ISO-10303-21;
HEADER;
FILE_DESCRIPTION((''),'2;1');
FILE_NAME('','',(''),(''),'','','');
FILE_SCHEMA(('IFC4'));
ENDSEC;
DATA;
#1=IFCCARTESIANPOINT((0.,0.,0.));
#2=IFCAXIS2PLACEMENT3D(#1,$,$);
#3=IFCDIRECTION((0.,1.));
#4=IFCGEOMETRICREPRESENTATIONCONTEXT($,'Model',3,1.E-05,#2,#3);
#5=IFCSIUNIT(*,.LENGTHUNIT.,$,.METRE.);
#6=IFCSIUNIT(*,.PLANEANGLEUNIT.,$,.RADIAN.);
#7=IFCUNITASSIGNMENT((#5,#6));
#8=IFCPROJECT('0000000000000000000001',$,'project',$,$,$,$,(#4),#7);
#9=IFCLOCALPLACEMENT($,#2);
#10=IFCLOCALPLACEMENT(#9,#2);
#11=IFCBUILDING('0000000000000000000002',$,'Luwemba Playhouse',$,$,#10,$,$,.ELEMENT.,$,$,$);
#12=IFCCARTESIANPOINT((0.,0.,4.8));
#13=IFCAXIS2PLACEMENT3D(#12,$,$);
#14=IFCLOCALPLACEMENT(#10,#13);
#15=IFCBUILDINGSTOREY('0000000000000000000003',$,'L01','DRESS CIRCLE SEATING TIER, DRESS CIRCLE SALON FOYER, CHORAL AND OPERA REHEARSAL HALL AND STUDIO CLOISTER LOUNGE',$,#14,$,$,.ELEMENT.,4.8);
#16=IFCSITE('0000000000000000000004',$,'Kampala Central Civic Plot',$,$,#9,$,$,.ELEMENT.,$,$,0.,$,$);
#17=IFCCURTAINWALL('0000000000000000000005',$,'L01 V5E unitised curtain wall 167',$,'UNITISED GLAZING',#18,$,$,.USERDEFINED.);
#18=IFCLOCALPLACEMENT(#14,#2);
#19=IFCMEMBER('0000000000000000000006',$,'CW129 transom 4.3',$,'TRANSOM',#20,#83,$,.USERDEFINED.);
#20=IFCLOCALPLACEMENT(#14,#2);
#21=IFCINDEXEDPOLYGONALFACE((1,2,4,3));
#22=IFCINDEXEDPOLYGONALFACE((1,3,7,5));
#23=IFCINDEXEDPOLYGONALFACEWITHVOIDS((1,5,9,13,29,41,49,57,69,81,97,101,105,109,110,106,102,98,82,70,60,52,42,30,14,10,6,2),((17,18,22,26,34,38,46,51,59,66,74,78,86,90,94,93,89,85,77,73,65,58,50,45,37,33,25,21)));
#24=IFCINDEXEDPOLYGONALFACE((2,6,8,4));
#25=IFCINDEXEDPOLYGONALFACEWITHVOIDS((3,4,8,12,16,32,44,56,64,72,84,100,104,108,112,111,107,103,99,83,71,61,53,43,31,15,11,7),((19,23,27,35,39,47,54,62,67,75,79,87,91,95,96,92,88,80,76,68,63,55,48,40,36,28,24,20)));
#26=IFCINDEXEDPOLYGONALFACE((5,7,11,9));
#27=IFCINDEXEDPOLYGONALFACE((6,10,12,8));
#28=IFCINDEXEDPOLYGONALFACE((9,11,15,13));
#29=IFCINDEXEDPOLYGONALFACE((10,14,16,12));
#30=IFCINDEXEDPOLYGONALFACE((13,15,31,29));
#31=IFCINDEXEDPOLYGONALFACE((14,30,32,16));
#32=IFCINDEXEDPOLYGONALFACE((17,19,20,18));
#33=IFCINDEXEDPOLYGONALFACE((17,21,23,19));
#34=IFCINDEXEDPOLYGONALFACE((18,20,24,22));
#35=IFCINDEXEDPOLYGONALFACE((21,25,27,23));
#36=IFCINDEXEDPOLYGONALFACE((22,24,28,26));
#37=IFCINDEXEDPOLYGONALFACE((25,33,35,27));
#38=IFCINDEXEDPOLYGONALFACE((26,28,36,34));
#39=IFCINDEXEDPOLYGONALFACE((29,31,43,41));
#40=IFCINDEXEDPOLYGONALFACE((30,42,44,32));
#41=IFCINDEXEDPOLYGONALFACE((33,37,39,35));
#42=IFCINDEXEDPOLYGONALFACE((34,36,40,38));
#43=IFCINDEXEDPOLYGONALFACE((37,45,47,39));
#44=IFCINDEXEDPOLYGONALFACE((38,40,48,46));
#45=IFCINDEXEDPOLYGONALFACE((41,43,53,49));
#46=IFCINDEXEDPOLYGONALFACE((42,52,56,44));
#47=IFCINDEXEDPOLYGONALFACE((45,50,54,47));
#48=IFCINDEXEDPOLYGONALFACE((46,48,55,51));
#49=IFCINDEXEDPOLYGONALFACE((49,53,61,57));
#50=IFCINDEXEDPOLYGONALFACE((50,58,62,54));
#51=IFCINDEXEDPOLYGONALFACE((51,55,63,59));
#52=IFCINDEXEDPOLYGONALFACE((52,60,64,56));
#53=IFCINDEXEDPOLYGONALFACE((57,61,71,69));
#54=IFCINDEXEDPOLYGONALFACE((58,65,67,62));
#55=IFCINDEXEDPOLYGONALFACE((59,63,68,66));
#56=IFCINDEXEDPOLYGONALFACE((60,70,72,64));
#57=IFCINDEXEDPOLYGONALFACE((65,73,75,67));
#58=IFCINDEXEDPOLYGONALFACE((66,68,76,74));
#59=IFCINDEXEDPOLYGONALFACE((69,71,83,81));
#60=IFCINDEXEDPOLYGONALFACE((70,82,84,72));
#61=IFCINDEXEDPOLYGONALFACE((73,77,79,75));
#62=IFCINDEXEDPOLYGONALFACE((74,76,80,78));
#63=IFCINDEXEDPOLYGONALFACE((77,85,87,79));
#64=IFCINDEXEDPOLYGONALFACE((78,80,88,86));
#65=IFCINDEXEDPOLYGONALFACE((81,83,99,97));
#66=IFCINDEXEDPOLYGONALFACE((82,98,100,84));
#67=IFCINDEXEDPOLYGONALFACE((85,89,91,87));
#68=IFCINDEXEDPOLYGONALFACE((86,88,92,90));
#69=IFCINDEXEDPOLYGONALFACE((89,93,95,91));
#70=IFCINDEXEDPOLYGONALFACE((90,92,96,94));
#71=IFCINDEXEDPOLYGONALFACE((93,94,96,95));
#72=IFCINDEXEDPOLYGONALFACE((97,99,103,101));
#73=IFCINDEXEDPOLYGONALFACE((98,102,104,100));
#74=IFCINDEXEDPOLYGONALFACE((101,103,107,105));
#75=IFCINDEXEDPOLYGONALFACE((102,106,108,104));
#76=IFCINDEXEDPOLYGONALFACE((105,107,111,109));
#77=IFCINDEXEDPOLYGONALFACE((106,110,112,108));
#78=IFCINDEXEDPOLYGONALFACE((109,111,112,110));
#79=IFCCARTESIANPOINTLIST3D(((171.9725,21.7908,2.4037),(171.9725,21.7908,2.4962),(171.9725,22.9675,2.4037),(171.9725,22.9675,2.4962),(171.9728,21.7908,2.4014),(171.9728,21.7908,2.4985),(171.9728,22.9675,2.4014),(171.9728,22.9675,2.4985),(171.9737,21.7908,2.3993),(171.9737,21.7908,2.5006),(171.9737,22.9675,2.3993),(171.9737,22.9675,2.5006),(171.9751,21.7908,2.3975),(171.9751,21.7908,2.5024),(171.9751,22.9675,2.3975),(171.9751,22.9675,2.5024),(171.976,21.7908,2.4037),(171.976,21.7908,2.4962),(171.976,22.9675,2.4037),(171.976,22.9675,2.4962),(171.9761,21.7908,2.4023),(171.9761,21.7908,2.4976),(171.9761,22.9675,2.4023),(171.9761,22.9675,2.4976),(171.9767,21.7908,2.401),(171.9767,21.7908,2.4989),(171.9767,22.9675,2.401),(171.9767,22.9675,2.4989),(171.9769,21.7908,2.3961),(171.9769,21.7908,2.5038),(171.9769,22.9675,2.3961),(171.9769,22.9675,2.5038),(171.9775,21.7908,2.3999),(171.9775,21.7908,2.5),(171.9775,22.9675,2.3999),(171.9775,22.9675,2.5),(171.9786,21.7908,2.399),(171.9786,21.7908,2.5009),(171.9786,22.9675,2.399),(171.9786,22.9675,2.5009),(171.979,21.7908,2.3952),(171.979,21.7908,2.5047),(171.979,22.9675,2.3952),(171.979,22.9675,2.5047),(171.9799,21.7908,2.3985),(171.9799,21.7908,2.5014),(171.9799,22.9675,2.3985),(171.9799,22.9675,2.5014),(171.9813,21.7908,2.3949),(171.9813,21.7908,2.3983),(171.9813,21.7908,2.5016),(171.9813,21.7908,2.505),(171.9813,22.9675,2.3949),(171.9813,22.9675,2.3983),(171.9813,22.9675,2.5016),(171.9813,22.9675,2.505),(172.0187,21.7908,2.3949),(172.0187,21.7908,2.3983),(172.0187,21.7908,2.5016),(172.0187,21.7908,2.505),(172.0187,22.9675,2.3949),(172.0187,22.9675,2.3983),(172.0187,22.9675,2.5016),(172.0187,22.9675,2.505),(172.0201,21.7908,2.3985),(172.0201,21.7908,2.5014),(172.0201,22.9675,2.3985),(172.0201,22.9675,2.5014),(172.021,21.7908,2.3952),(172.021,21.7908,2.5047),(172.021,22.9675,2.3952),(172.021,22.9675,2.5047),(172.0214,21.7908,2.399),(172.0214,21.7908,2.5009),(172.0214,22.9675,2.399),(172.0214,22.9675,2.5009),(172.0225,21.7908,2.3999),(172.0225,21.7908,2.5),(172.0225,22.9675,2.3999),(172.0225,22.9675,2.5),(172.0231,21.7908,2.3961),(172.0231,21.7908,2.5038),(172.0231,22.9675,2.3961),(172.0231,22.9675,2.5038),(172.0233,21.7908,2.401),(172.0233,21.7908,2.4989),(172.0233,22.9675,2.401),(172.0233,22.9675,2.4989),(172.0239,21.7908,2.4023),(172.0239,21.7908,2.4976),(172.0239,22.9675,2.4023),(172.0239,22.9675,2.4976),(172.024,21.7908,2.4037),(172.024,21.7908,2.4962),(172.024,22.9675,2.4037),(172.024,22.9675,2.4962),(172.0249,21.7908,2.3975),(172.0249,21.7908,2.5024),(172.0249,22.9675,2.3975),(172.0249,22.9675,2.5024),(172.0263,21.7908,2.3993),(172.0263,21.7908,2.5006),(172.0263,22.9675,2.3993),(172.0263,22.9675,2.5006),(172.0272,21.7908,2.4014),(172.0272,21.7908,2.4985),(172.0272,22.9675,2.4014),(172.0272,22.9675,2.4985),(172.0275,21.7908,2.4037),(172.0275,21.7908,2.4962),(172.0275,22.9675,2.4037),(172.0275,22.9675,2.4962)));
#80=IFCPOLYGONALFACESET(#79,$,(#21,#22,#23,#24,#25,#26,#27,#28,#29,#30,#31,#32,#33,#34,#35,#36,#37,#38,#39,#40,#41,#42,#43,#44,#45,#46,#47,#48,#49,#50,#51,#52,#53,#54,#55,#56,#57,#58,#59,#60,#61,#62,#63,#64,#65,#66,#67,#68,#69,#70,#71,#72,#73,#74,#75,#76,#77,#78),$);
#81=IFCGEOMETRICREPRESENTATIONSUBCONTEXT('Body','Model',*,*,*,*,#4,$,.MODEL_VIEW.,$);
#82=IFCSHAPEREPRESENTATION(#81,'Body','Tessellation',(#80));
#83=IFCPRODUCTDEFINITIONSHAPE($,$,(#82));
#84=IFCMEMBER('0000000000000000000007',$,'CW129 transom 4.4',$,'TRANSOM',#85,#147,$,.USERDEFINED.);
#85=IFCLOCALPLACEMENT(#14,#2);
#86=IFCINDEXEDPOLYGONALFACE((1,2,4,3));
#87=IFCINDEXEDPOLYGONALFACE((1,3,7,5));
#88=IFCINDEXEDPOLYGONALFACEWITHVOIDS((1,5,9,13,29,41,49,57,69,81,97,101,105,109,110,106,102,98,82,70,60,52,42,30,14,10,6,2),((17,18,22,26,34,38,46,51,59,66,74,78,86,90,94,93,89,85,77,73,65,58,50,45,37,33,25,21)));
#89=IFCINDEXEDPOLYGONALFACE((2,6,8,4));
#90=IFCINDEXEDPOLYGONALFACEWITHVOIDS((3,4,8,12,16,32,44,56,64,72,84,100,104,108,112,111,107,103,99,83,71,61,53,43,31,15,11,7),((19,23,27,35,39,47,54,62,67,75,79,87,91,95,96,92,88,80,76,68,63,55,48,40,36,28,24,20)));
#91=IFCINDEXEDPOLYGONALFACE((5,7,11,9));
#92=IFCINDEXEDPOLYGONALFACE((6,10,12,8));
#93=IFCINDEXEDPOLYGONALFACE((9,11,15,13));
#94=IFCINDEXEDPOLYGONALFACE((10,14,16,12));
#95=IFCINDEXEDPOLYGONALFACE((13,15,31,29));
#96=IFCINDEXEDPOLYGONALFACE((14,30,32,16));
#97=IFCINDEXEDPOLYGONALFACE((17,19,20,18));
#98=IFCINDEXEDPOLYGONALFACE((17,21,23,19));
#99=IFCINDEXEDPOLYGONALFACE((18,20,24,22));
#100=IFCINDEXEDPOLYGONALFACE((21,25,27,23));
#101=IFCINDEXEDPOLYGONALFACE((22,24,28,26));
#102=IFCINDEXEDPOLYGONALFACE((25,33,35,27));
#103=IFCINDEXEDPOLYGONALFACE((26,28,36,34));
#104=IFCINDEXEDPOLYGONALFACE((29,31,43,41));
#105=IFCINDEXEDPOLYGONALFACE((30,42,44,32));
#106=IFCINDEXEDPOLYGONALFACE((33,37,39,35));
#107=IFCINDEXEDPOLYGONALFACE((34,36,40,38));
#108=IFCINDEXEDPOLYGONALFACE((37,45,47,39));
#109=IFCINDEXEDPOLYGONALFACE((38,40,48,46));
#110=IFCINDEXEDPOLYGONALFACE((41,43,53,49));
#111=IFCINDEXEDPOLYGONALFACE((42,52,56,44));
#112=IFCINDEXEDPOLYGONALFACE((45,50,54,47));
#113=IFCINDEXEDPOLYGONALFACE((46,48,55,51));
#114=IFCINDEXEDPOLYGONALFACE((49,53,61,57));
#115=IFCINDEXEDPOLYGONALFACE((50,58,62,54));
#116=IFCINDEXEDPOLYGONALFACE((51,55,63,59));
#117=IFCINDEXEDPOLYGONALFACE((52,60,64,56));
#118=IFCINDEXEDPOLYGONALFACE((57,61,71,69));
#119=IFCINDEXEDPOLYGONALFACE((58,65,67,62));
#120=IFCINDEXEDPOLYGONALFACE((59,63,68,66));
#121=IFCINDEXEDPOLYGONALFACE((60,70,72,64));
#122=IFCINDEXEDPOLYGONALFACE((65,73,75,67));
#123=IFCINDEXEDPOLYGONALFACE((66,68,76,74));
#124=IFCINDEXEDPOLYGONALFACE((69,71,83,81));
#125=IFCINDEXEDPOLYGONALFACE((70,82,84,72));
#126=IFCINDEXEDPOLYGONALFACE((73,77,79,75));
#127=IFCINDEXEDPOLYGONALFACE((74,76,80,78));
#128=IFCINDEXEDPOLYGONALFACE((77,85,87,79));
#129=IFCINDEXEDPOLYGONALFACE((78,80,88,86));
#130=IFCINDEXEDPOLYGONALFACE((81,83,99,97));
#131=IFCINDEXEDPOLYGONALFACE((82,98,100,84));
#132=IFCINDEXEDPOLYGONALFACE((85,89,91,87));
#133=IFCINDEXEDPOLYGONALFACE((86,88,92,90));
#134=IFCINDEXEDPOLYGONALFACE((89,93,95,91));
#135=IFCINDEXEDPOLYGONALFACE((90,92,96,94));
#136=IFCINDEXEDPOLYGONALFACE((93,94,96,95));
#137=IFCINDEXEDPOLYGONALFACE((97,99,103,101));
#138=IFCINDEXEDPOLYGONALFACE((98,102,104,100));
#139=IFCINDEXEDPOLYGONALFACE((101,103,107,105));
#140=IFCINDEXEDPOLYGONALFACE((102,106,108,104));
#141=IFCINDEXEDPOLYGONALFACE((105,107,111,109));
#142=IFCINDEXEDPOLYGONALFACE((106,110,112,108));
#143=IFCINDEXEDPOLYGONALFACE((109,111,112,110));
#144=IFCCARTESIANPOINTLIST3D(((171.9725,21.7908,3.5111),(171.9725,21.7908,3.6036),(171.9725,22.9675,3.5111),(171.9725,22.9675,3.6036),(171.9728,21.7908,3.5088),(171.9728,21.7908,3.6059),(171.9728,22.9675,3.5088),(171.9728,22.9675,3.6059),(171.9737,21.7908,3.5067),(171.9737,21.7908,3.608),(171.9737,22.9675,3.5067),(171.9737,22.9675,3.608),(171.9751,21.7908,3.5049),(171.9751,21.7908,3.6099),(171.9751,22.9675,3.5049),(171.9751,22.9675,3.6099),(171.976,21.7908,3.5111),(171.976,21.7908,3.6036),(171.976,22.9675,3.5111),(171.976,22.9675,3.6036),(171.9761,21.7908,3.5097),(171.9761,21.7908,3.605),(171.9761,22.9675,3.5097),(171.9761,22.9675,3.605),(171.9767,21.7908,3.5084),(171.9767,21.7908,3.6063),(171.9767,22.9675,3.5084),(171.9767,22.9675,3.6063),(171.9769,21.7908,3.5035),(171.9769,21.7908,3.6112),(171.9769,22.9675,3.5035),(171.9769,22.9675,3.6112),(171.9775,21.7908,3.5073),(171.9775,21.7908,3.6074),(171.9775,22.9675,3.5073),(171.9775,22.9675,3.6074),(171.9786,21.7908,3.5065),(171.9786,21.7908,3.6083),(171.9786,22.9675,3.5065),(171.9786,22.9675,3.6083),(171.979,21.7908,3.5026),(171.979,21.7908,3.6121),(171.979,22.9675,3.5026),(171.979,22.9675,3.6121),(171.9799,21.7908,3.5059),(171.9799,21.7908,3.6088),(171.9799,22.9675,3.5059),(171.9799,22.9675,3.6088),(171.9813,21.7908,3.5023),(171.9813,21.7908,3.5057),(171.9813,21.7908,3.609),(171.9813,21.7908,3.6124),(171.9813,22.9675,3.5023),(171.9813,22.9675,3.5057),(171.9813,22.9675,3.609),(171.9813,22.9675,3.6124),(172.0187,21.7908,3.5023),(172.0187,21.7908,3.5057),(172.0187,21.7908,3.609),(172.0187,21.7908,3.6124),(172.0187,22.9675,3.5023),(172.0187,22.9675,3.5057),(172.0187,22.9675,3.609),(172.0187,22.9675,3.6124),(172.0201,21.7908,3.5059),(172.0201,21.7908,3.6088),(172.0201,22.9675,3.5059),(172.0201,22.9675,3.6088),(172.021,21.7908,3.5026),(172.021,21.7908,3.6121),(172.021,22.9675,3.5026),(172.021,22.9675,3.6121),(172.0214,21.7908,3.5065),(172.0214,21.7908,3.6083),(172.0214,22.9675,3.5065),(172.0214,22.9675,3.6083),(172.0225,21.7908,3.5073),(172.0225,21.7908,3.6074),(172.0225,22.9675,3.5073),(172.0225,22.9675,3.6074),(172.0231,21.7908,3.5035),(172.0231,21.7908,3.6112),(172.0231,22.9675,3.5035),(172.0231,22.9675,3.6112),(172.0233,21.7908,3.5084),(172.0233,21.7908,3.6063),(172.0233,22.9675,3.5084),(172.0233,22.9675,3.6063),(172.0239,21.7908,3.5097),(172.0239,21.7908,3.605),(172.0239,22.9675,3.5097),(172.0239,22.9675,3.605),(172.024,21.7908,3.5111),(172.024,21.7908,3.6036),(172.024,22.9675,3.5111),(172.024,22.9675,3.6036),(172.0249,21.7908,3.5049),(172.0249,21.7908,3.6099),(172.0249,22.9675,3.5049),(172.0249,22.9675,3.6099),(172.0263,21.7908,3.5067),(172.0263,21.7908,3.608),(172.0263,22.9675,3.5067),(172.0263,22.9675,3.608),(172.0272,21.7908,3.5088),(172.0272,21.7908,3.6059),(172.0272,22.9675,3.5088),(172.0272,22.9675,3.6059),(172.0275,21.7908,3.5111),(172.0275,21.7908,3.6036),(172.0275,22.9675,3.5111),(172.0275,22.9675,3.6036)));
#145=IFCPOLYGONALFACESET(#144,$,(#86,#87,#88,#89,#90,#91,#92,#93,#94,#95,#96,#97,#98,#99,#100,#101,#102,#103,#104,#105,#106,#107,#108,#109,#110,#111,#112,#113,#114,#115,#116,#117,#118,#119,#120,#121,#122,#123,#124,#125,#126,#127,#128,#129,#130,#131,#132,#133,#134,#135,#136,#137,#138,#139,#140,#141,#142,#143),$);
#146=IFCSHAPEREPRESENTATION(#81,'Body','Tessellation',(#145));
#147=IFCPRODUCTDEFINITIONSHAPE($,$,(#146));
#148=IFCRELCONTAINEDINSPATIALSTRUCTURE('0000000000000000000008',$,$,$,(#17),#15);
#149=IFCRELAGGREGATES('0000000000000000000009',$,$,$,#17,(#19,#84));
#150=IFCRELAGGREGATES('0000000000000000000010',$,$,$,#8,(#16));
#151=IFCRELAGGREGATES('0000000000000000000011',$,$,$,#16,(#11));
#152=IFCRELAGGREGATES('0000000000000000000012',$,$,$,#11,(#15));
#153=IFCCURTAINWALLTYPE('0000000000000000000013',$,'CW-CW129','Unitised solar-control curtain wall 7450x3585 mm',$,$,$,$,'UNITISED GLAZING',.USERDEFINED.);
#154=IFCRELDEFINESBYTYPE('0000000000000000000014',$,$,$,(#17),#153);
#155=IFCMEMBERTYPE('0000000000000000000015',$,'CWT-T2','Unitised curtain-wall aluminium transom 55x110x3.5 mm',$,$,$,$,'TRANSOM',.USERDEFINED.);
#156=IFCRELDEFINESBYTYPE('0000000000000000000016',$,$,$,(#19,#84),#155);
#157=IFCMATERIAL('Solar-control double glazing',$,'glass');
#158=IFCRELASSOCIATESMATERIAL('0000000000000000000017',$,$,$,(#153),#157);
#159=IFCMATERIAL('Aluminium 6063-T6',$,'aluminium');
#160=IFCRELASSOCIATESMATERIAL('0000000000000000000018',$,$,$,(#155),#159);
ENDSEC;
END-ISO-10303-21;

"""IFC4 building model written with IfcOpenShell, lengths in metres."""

from ifc_helpers import new_model, si_unit, direction, frame, origin, origin_2d, place, context, subcontext, project, spatial, hollow_rectangle, extrude, material, material_profile, profile_set, type_object, element, aggregate, save


model = new_model("IFC4")

# Units and contexts
model_context = context("Model", 3, precision=1e-05, world=origin(), true_north=direction((0.0, 1.0)))
body_context = subcontext(model_context, "Body", "Model", "MODEL_VIEW")
ifc_project = project(units=[si_unit("LENGTHUNIT", "METRE"), si_unit("PLANEANGLEUNIT", "RADIAN")], contexts=[model_context])

# Site, building, storey
site_placement = place(None, origin())
site = spatial("IfcSite", under=ifc_project, at=site_placement, Name="Kampala Central Civic Plot", CompositionType="ELEMENT", RefElevation=0.0)
building_placement = place(site_placement, origin())
building = spatial("IfcBuilding", under=site, at=building_placement, Name="Luwemba Playhouse", CompositionType="ELEMENT")
storey_placement = place(building_placement, frame((0.0, 0.0, 4.8)))
storey = spatial("IfcBuildingStorey", under=building, at=storey_placement, Name="L01", Description="DRESS CIRCLE SEATING TIER, DRESS CIRCLE SALON FOYER, CHORAL AND OPERA REHEARSAL HALL AND STUDIO CLOISTER LOUNGE", CompositionType="ELEMENT", Elevation=4.8)

# Curtain wall, members
ifc_material_1 = material(Name="Solar-control double glazing", Category="glass")
curtain_wall_type = type_object("IfcCurtainWallType", Name="CW-CW129", Description="Unitised solar-control curtain wall 7450x3585 mm", ElementType="UNITISED GLAZING", PredefinedType="USERDEFINED", material=ifc_material_1)
curtain_wall_placement = place(storey_placement, origin())
curtain_wall = element("IfcCurtainWall", 1, at=curtain_wall_placement, inside=storey, type_object=curtain_wall_type, Name="L01 V5E unitised curtain wall 167", ObjectType="UNITISED GLAZING", PredefinedType="USERDEFINED")
ifc_material_2 = material(Name="Aluminium 6063-T6", Category="aluminium")
ifc_material_profile_1 = material_profile(ifc_material_2, hollow_rectangle(XDim=0.0549, YDim=0.1101, WallThickness=0.0034, InnerFilletRadius=0.0054, OuterFilletRadius=0.0088, at=origin_2d()))
ifc_profile_set_1 = profile_set([ifc_material_profile_1], Name="Aluminium 6063-T6")
member_type_1 = type_object("IfcMemberType", Name="CWT-T2", Description="Unitised curtain-wall aluminium transom 55x110x3.5 mm", ElementType="TRANSOM", PredefinedType="USERDEFINED", material=ifc_profile_set_1)
member_1_placement = place(storey_placement, frame((172.0, 22.9675, 2.45), z_axis=(0.0, -1.0, 0.0), x_axis=(1.0, 0.0, 0.0)))
member_1 = element("IfcMember", 2, at=member_1_placement, type_object=member_type_1, Name="CW129 transom 4.3", ObjectType="TRANSOM", PredefinedType="USERDEFINED", context=body_context, shape_type="SweptSolid", body=[
    extrude(hollow_rectangle(XDim=0.0549, YDim=0.1101, WallThickness=0.0034, InnerFilletRadius=0.0054, OuterFilletRadius=0.0088, at=origin_2d()), origin(), (0.0, 0.0, 1.0), 1.1768),
])
member_2_placement = place(storey_placement, frame((172.0, 22.9675, 3.5574), z_axis=(0.0, -1.0, 0.0), x_axis=(1.0, 0.0, 0.0)))
member_2 = element("IfcMember", 3, at=member_2_placement, type_object=member_type_1, Name="CW129 transom 4.4", ObjectType="TRANSOM", PredefinedType="USERDEFINED", context=body_context, shape_type="SweptSolid", body=[
    extrude(hollow_rectangle(XDim=0.0549, YDim=0.1101, WallThickness=0.0034, InnerFilletRadius=0.0054, OuterFilletRadius=0.0088, at=origin_2d()), origin(), (0.0, 0.0, 1.0), 1.1768),
])

aggregate(curtain_wall, [member_1, member_2])

save(model, "model.ifc")
